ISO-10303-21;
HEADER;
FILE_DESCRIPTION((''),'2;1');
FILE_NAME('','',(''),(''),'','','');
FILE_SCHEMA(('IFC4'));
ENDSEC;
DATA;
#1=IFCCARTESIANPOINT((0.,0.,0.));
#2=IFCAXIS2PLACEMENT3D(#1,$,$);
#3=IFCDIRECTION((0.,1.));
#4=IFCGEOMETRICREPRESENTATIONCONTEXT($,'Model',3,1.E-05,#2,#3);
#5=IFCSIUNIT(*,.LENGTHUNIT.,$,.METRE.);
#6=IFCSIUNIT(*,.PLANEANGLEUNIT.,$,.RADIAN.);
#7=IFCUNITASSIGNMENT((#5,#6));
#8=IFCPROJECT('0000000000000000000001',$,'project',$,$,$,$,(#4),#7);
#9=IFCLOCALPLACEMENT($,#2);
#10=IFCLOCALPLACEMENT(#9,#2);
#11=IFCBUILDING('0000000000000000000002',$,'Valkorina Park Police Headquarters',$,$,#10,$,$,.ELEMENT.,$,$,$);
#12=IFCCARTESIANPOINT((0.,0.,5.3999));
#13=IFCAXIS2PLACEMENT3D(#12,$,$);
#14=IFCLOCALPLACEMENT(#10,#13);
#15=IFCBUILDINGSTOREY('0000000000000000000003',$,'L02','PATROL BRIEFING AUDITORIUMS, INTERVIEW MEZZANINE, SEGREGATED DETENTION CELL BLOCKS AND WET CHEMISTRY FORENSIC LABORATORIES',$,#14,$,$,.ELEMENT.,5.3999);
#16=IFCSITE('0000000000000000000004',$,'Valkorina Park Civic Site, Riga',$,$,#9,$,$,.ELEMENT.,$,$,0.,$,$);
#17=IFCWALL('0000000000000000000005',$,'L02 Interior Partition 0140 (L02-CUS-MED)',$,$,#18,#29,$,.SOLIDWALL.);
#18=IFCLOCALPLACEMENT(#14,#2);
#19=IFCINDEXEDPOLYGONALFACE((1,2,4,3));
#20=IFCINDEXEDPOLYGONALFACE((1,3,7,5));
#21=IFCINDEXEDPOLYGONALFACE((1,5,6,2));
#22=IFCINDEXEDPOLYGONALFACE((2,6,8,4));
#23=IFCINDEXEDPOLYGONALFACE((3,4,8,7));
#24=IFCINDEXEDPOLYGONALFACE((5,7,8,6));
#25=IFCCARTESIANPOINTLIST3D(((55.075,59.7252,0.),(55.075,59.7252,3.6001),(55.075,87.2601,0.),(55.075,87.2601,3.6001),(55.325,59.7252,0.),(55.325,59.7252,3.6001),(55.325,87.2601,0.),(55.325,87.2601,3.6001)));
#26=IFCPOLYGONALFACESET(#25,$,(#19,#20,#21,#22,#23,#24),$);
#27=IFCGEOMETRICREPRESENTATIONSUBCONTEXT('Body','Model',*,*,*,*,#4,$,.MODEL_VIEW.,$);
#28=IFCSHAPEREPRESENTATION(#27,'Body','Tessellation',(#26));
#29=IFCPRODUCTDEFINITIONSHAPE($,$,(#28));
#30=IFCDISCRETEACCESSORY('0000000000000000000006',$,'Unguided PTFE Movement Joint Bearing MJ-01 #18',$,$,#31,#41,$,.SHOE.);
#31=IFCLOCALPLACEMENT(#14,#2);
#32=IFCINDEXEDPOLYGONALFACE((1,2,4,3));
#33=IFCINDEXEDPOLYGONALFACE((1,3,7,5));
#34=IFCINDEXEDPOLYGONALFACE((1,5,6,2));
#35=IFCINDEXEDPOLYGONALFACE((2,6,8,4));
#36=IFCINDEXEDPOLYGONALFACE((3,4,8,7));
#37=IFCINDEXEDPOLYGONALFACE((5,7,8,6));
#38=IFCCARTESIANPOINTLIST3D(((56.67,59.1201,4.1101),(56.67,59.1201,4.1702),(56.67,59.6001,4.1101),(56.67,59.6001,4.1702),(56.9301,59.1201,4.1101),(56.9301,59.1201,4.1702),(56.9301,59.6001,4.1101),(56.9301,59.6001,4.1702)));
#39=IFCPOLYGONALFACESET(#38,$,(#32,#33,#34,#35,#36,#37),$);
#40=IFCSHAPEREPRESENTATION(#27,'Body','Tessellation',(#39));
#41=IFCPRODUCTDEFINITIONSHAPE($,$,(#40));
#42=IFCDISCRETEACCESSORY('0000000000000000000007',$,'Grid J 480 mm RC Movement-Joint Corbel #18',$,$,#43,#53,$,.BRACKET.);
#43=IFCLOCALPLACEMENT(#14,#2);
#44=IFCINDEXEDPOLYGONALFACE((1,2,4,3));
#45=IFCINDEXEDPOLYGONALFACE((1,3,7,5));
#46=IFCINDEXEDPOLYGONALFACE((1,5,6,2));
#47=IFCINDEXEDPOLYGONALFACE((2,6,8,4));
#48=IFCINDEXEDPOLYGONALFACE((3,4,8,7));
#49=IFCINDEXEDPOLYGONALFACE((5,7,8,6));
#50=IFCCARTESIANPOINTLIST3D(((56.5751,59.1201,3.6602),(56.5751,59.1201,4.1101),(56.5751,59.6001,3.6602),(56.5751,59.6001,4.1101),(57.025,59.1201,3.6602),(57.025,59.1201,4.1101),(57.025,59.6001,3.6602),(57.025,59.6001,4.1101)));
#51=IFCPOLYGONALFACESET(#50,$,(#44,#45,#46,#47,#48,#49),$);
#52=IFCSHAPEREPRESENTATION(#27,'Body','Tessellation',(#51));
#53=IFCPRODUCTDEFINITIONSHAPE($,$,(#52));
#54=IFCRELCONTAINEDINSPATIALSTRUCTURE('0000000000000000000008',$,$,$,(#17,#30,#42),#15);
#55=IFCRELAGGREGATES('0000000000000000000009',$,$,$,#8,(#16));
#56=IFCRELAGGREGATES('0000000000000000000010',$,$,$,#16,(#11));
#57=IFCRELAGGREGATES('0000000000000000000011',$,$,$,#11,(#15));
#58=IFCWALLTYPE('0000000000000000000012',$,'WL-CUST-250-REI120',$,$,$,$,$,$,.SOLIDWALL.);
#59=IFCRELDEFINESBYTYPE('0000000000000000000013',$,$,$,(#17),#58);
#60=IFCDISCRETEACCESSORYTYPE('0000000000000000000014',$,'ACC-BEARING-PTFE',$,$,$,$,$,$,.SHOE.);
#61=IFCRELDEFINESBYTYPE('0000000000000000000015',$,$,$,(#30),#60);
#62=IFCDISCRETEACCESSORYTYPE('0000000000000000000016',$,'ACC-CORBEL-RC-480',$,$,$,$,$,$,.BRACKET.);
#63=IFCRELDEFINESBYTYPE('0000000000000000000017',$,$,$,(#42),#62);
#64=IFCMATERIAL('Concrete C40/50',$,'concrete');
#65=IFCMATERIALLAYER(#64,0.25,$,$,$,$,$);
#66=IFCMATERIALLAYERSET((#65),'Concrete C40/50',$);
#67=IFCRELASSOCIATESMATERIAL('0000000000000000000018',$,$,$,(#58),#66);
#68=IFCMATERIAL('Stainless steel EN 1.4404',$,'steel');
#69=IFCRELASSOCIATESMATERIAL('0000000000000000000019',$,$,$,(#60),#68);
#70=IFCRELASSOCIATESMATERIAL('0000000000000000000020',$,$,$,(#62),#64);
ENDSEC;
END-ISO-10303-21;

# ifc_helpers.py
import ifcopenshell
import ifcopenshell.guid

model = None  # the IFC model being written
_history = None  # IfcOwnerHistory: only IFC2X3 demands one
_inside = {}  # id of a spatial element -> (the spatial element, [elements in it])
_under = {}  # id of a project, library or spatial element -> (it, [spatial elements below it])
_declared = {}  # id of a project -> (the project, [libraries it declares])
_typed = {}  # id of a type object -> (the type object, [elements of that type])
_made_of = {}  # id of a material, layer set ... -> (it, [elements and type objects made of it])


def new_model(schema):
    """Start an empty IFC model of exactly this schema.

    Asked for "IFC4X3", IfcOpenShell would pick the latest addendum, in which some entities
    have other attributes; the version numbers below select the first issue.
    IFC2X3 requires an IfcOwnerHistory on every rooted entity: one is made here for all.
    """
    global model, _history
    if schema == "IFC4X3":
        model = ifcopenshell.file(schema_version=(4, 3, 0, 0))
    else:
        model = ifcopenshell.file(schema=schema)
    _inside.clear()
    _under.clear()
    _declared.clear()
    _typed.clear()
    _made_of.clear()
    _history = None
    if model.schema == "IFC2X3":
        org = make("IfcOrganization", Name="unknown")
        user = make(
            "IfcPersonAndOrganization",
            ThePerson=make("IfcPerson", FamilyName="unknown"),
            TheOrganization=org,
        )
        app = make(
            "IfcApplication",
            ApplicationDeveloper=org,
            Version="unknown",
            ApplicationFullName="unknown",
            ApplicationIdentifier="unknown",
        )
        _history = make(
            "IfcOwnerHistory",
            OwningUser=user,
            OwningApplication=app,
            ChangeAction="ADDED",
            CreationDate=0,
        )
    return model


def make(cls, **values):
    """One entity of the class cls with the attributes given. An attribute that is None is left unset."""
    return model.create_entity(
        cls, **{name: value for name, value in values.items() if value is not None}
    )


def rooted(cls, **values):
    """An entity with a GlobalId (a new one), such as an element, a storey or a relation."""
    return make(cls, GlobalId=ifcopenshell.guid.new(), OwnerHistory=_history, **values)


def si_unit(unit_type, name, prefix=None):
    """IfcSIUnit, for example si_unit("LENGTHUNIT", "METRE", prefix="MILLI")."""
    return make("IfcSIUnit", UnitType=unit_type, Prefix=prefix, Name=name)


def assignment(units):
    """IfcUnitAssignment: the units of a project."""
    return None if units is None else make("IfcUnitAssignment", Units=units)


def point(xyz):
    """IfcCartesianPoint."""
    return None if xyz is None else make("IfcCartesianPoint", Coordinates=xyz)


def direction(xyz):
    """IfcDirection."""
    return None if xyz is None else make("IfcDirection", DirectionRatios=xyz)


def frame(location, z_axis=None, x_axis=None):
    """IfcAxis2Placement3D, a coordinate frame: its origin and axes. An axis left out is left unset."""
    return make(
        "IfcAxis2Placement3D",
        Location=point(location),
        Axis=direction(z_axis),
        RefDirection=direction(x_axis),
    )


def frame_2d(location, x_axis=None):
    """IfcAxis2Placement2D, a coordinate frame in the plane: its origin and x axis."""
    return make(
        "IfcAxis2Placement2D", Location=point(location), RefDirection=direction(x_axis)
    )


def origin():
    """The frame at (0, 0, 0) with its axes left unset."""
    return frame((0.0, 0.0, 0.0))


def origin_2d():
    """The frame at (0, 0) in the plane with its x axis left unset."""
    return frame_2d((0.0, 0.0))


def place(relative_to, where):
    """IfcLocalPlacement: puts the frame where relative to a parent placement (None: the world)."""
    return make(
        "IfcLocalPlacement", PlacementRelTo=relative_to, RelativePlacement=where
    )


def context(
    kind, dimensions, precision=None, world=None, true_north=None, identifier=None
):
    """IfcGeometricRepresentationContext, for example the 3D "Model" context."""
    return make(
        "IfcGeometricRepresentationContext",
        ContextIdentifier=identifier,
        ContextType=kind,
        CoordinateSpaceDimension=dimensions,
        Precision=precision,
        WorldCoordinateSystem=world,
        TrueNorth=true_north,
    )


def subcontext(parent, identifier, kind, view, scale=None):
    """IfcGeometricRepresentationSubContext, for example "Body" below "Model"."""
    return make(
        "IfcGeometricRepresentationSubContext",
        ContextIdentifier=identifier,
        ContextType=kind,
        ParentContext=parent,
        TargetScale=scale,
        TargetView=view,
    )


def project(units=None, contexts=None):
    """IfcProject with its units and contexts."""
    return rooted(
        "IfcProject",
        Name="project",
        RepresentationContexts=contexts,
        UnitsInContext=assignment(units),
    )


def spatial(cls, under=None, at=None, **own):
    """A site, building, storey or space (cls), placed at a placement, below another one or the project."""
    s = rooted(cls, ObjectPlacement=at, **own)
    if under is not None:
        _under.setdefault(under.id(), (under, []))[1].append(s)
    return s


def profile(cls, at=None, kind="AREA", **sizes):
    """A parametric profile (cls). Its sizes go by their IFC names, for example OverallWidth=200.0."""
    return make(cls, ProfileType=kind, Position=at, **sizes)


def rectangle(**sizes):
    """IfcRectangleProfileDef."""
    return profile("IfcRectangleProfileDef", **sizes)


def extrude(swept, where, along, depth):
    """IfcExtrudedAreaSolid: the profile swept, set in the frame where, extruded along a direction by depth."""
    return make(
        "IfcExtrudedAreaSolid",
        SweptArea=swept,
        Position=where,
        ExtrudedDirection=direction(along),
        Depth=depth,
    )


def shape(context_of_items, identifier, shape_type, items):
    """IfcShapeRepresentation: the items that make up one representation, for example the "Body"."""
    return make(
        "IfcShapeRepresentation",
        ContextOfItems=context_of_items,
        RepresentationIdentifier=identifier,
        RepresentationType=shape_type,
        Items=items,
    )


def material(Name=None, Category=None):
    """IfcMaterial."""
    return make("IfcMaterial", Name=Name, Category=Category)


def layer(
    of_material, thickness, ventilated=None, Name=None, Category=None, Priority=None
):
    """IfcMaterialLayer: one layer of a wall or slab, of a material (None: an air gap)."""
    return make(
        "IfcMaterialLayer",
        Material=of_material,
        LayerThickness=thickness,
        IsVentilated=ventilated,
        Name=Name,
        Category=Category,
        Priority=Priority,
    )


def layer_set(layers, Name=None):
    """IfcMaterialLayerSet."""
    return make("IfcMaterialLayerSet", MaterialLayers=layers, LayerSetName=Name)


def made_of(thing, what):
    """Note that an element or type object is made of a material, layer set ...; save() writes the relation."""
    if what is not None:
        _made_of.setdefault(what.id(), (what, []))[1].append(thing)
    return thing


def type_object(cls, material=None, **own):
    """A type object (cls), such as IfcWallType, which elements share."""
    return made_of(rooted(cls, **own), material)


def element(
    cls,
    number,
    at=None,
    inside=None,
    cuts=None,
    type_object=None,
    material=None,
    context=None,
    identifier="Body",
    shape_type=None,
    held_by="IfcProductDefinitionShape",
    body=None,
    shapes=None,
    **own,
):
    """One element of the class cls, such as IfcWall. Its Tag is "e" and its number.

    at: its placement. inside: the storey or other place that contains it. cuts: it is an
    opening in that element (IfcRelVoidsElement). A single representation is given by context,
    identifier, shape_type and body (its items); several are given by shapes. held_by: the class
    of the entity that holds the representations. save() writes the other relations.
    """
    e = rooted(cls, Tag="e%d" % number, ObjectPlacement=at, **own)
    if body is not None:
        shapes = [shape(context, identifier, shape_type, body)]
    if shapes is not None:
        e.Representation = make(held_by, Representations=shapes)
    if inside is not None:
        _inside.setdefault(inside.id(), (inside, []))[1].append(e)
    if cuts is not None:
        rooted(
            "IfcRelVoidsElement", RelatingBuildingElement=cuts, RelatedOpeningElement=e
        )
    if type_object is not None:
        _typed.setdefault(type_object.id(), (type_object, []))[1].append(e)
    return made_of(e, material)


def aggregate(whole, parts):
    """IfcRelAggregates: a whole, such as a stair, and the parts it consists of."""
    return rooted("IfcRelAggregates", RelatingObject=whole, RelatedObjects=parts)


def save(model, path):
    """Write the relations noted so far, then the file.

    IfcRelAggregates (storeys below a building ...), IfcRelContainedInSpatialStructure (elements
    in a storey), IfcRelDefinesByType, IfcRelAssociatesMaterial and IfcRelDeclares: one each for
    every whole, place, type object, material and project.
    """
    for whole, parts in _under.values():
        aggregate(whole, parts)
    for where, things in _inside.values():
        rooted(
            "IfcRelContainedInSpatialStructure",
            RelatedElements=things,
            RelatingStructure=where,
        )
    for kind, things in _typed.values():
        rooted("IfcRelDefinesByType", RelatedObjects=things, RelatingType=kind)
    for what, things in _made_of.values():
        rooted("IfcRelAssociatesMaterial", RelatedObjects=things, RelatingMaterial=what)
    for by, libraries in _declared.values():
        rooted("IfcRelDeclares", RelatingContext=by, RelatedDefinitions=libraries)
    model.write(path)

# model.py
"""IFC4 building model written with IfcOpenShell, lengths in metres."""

from ifc_helpers import new_model, si_unit, direction, frame, frame_2d, origin, origin_2d, place, context, subcontext, project, spatial, rectangle, extrude, material, layer, layer_set, type_object, element, save


model = new_model("IFC4")

# Units and contexts
model_context = context("Model", 3, precision=1e-05, world=origin(), true_north=direction((0.0, 1.0)))
body_context = subcontext(model_context, "Body", "Model", "MODEL_VIEW")
ifc_project = project(units=[si_unit("LENGTHUNIT", "METRE"), si_unit("PLANEANGLEUNIT", "RADIAN")], contexts=[model_context])

# Site, building, storey
site_placement = place(None, origin())
site = spatial("IfcSite", under=ifc_project, at=site_placement, Name="Valkorina Park Civic Site, Riga", CompositionType="ELEMENT", RefElevation=0.0)
building_placement = place(site_placement, origin())
building = spatial("IfcBuilding", under=site, at=building_placement, Name="Valkorina Park Police Headquarters", CompositionType="ELEMENT")
storey_placement = place(building_placement, frame((0.0, 0.0, 5.3999)))
storey = spatial("IfcBuildingStorey", under=building, at=storey_placement, Name="L02", Description="PATROL BRIEFING AUDITORIUMS, INTERVIEW MEZZANINE, SEGREGATED DETENTION CELL BLOCKS AND WET CHEMISTRY FORENSIC LABORATORIES", CompositionType="ELEMENT", Elevation=5.3999)

# Wall
ifc_material_1 = material(Name="Concrete C40/50", Category="concrete")
ifc_layer = layer(ifc_material_1, 0.25)
ifc_layer_set = layer_set([ifc_layer], Name="Concrete C40/50")
wall_type = type_object("IfcWallType", Name="WL-CUST-250-REI120", PredefinedType="SOLIDWALL", material=ifc_layer_set)
wall_placement = place(storey_placement, frame((55.2, 59.7251, 0.0), z_axis=(0.0, 0.0, 1.0), x_axis=(0.0, 1.0, 0.0)))
element("IfcWall", 1, at=wall_placement, inside=storey, type_object=wall_type, Name="L02 Interior Partition 0140 (L02-CUS-MED)", PredefinedType="SOLIDWALL", context=body_context, shape_type="SweptSolid", body=[
    extrude(rectangle(XDim=27.5349, YDim=0.25, at=frame_2d((13.7676, 0.0))), origin(), (0.0, 0.0, 1.0), 3.6001),
])

# Discrete accessories
ifc_material_2 = material(Name="Stainless steel EN 1.4404", Category="steel")
discrete_accessory_type_1 = type_object("IfcDiscreteAccessoryType", Name="ACC-BEARING-PTFE", PredefinedType="SHOE", material=ifc_material_2)
discrete_accessory_1_placement = place(storey_placement, frame((56.8, 59.3601, 4.1101), z_axis=(0.0, 0.0, 1.0), x_axis=(1.0, 0.0, 0.0)))
element("IfcDiscreteAccessory", 2, at=discrete_accessory_1_placement, inside=storey, type_object=discrete_accessory_type_1, Name="Unguided PTFE Movement Joint Bearing MJ-01 #18", PredefinedType="SHOE", context=body_context, shape_type="SweptSolid", body=[
    extrude(rectangle(XDim=0.26, YDim=0.48, at=origin_2d()), origin(), (0.0, 0.0, 1.0), 0.0601),
])
discrete_accessory_type_2 = type_object("IfcDiscreteAccessoryType", Name="ACC-CORBEL-RC-480", PredefinedType="BRACKET", material=ifc_material_1)
discrete_accessory_2_placement = place(storey_placement, frame((56.8, 59.3601, 3.6602), z_axis=(0.0, 0.0, 1.0), x_axis=(1.0, 0.0, 0.0)))
element("IfcDiscreteAccessory", 3, at=discrete_accessory_2_placement, inside=storey, type_object=discrete_accessory_type_2, Name="Grid J 480 mm RC Movement-Joint Corbel #18", PredefinedType="BRACKET", context=body_context, shape_type="SweptSolid", body=[
    extrude(rectangle(XDim=0.45, YDim=0.48, at=origin_2d()), origin(), (0.0, 0.0, 1.0), 0.45),
])

save(model, "model.ifc")
